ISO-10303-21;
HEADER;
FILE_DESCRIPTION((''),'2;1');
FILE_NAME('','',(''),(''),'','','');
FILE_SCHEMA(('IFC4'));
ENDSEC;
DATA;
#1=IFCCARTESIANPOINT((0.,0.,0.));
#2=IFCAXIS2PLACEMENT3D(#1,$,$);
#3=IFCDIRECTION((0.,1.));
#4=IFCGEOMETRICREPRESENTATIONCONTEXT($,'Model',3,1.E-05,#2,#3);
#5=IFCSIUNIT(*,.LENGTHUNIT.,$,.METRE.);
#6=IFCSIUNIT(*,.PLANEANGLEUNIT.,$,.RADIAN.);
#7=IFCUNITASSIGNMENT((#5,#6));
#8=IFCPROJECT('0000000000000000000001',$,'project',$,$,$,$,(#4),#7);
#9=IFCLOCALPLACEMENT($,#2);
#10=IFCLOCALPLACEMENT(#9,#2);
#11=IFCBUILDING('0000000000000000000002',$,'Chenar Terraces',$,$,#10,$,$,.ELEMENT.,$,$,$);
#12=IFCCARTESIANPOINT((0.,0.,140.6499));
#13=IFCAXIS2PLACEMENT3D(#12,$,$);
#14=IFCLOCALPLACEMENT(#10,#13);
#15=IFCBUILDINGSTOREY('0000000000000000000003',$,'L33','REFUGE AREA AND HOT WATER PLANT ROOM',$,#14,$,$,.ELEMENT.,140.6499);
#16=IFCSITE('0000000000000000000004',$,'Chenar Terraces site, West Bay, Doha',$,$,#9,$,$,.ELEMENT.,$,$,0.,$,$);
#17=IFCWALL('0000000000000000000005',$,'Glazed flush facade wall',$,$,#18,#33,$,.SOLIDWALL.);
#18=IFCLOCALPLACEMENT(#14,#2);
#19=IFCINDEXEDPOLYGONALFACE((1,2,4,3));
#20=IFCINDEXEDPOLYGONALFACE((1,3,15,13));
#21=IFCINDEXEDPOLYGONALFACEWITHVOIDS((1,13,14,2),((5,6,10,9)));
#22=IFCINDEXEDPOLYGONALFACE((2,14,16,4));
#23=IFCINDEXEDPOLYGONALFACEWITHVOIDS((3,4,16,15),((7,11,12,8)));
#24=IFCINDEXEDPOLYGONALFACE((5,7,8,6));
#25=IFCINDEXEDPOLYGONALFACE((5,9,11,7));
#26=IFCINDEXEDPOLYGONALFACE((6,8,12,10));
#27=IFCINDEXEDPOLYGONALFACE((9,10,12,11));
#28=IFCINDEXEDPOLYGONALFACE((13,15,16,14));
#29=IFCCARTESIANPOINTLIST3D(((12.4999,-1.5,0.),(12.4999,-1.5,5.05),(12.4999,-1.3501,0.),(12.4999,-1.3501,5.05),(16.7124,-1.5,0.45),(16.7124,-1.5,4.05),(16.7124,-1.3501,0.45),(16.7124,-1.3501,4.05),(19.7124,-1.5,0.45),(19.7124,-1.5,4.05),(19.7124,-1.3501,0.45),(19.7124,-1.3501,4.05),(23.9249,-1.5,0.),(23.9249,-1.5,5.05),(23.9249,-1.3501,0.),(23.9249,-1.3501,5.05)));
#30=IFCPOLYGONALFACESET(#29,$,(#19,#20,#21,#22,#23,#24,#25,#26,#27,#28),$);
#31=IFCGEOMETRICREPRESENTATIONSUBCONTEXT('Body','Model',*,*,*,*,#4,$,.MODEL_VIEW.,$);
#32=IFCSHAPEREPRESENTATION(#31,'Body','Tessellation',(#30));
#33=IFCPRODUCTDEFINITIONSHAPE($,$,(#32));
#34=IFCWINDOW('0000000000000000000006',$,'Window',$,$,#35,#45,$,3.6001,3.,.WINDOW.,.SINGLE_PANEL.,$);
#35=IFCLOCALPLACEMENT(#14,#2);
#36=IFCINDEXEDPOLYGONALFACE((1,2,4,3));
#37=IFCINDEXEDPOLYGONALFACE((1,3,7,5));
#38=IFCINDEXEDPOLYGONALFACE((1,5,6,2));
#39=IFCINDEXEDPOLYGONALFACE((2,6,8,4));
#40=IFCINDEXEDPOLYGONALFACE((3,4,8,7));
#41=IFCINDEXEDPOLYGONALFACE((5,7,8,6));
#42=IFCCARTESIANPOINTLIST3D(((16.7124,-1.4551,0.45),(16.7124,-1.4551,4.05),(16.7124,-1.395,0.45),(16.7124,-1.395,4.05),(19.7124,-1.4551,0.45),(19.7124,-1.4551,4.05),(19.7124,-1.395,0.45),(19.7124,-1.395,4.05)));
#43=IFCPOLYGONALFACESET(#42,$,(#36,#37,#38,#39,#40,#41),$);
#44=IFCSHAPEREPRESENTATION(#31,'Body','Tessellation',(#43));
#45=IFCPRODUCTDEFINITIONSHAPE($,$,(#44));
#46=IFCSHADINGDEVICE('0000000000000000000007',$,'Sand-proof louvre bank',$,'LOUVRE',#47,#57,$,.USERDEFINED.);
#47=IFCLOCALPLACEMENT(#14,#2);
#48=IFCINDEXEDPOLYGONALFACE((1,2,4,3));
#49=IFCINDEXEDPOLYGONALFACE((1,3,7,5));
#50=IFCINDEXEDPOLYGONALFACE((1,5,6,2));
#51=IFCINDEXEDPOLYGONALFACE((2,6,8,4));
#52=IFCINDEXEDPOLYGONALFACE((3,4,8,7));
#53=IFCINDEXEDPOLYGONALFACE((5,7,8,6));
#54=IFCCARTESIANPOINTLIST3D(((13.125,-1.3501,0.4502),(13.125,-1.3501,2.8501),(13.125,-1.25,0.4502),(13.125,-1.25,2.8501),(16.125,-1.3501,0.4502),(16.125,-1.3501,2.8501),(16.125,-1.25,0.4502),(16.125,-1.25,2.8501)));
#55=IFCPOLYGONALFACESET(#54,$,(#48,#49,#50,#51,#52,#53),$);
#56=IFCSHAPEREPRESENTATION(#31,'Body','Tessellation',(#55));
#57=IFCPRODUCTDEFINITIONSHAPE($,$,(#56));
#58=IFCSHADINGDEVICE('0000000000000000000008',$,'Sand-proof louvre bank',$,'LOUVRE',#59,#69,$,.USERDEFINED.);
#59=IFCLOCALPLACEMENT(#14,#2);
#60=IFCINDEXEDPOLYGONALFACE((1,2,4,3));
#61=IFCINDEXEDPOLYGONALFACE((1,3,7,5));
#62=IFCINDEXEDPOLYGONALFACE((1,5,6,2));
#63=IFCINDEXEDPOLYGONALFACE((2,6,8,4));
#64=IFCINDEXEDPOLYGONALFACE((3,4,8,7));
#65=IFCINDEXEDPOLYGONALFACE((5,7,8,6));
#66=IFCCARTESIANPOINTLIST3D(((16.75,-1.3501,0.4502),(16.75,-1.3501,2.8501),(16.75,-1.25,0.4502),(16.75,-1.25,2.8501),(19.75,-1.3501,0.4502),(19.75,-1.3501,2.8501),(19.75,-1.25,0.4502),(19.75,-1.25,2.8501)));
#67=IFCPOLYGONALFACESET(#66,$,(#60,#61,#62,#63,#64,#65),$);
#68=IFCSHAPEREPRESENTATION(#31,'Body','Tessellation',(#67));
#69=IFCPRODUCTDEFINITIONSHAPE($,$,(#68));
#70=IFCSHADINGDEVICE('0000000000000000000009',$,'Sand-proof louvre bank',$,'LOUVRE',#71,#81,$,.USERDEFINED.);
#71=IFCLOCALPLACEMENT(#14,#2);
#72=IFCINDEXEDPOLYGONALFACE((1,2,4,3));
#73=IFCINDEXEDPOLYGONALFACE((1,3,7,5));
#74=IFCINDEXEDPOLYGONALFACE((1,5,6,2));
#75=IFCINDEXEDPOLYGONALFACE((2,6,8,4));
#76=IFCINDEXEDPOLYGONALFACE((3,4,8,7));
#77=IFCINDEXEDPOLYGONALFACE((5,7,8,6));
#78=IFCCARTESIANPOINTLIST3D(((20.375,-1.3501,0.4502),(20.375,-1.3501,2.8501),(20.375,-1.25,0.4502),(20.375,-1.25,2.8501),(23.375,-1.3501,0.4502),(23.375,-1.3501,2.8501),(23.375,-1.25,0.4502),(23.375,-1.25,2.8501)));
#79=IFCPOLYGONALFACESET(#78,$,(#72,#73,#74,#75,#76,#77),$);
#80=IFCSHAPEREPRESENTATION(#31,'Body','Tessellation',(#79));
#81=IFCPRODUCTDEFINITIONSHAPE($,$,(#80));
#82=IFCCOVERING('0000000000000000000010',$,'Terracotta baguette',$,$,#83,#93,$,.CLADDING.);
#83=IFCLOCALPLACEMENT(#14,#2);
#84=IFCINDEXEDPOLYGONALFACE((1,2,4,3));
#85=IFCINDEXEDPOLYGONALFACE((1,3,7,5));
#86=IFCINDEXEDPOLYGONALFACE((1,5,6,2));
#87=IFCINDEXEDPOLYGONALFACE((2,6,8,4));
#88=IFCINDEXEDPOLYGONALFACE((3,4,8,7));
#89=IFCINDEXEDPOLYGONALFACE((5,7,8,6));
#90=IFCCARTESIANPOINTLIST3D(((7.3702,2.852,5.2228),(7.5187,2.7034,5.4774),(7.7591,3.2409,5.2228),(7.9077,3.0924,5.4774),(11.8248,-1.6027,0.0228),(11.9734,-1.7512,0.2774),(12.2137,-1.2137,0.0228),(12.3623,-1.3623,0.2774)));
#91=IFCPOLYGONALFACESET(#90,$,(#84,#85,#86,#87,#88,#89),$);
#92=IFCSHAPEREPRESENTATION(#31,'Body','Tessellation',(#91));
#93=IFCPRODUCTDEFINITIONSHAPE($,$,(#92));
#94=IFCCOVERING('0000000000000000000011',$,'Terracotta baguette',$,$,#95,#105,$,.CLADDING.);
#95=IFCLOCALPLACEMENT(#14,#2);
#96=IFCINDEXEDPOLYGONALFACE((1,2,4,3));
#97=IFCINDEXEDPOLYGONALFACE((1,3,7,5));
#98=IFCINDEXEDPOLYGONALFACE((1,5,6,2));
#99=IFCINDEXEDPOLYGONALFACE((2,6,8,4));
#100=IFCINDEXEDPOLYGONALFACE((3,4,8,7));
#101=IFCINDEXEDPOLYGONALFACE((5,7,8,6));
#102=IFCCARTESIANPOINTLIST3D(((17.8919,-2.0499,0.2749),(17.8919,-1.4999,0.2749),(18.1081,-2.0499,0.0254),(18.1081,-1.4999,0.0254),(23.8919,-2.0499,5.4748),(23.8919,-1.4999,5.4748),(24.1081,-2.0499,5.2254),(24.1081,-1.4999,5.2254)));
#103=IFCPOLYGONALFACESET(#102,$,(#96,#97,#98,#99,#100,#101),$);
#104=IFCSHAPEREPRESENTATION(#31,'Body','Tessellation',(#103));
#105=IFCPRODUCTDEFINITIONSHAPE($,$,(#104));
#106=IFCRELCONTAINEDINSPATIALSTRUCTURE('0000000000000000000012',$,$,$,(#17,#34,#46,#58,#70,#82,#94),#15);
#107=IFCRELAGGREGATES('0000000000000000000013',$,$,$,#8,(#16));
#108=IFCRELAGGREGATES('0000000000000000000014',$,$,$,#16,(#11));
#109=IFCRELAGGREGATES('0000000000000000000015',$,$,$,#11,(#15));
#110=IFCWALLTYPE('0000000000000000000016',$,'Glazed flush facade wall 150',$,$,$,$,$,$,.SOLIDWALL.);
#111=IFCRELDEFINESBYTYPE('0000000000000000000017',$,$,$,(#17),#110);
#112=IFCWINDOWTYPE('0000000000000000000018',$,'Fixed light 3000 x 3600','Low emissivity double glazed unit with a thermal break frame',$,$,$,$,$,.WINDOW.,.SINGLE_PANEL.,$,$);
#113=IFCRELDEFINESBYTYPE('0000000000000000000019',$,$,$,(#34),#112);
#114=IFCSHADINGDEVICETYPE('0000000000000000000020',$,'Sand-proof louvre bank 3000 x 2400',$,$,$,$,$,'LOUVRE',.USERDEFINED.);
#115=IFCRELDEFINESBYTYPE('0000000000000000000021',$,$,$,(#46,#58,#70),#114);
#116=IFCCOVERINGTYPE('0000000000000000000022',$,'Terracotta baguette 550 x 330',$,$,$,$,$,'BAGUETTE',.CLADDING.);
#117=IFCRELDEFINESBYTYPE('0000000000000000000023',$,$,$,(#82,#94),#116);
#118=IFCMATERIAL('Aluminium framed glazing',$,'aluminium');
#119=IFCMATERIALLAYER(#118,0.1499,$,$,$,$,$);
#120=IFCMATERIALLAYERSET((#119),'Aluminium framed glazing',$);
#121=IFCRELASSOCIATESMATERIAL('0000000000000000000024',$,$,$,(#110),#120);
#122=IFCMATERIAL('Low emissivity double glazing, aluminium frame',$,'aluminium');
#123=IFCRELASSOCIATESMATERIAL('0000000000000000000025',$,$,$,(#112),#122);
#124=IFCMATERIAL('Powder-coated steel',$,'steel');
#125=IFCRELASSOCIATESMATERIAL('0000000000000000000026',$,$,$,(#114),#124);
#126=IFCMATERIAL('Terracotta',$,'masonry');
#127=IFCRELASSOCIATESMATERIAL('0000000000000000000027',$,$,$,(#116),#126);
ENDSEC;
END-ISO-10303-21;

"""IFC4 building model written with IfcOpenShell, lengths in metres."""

from ifc_helpers import new_model, si_unit, direction, frame, frame_2d, origin, origin_2d, place, context, subcontext, project, spatial, rectangle, extrude, material, layer, layer_set, material_profile, profile_set, type_object, element, fill, save


model = new_model("IFC4")

# Units and contexts
model_context = context("Model", 3, precision=1e-05, world=origin(), true_north=direction((0.0, 1.0)))
body_context = subcontext(model_context, "Body", "Model", "MODEL_VIEW")
ifc_project = project(units=[si_unit("LENGTHUNIT", "METRE"), si_unit("PLANEANGLEUNIT", "RADIAN")], contexts=[model_context])

# Site, building, storey
site_placement = place(None, origin())
site = spatial("IfcSite", under=ifc_project, at=site_placement, Name="Chenar Terraces site, West Bay, Doha", CompositionType="ELEMENT", RefElevation=0.0)
building_placement = place(site_placement, origin())
building = spatial("IfcBuilding", under=site, at=building_placement, Name="Chenar Terraces", CompositionType="ELEMENT")
storey_placement = place(building_placement, frame((0.0, 0.0, 140.6499)))
storey = spatial("IfcBuildingStorey", under=building, at=storey_placement, Name="L33", Description="REFUGE AREA AND HOT WATER PLANT ROOM", CompositionType="ELEMENT", Elevation=140.6499)

# Wall, opening, window
ifc_material_1 = material(Name="Aluminium framed glazing", Category="aluminium")
ifc_layer_1 = layer(ifc_material_1, 0.1499)
ifc_layer_set_1 = layer_set([ifc_layer_1], Name="Aluminium framed glazing")
wall_type_1 = type_object("IfcWallType", Name="Glazed flush facade wall 150", PredefinedType="SOLIDWALL", material=ifc_layer_set_1)
wall_1_placement = place(storey_placement, frame((12.5, -1.425, 0.0), z_axis=(0.0, 0.0, 1.0), x_axis=(1.0, 0.0, 0.0)))
wall_1 = element("IfcWall", 1, at=wall_1_placement, inside=storey, type_object=wall_type_1, Name="Glazed flush facade wall", PredefinedType="SOLIDWALL", context=body_context, shape_type="SweptSolid", body=[
    extrude(rectangle(XDim=11.425, YDim=0.1499, at=frame_2d((5.7124, 0.0))), origin(), (0.0, 0.0, 1.0), 5.05),
])
opening_1_placement = place(wall_1_placement, frame((4.2124, 0.0, 0.45)))
opening_1 = element("IfcOpeningElement", 2, at=opening_1_placement, cuts=wall_1, PredefinedType="OPENING", context=body_context, shape_type="SweptSolid", body=[
    extrude(rectangle(XDim=3.0, YDim=3.6001, at=frame_2d((1.5, 1.8))), frame((0.0, 0.085, 0.0), z_axis=(0.0, -1.0, 0.0), x_axis=(1.0, 0.0, 0.0)), (0.0, 0.0, 1.0), 0.1699),
])
ifc_material_2 = material(Name="Low emissivity double glazing, aluminium frame", Category="aluminium")
window_type = type_object("IfcWindowType", Name="Fixed light 3000 x 3600", Description="Low emissivity double glazed unit with a thermal break frame", PartitioningType="SINGLE_PANEL", PredefinedType="WINDOW", material=ifc_material_2)
window_placement = place(opening_1_placement, origin())
window = element("IfcWindow", 3, at=window_placement, inside=storey, type_object=window_type, Name="Window", OverallHeight=3.6001, OverallWidth=3.0, PartitioningType="SINGLE_PANEL", PredefinedType="WINDOW", context=body_context, shape_type="SweptSolid", body=[
    extrude(rectangle(XDim=3.0, YDim=3.6001, at=frame_2d((1.5, 1.8))), frame((0.0, 0.03, 0.0), z_axis=(0.0, -1.0, 0.0), x_axis=(1.0, 0.0, 0.0)), (0.0, 0.0, 1.0), 0.0601),
])
fill(opening_1, window)

# Shading devices
ifc_material_3 = material(Name="Powder-coated steel", Category="steel")
shading_device_type = type_object("IfcShadingDeviceType", Name="Sand-proof louvre bank 3000 x 2400", ElementType="LOUVRE", PredefinedType="USERDEFINED", material=ifc_material_3)
for number, where, z_axis, x_axis, name in (
    (4, (14.625, -1.3, 0.4502), (0.0, 0.0, 1.0), (1.0, 0.0, 0.0), "Sand-proof louvre bank"),
    (5, (18.25, -1.3, 0.4502), (0.0, 0.0, 1.0), (1.0, 0.0, 0.0), "Sand-proof louvre bank"),
    (6, (21.875, -1.3, 0.4502), (0.0, 0.0, 1.0), (1.0, 0.0, 0.0), "Sand-proof louvre bank"),
):
    element("IfcShadingDevice", number, at=place(storey_placement, frame(where, z_axis=z_axis, x_axis=x_axis)), inside=storey, type_object=shading_device_type, Name=name, ObjectType="LOUVRE", PredefinedType="USERDEFINED", context=body_context, shape_type="SweptSolid", body=[
        extrude(rectangle(XDim=3.0, YDim=0.1001, at=origin_2d()), origin(), (0.0, 0.0, 1.0), 2.3999),
    ])

# Coverings
ifc_material_4 = material(Name="Terracotta", Category="masonry")
ifc_material_profile_1 = material_profile(ifc_material_4, rectangle(XDim=0.55, YDim=0.3301, at=origin_2d()), Name="Terracotta baguette 550 x 330")
ifc_profile_set_1 = profile_set([ifc_material_profile_1], Name="Terracotta")
covering_type = type_object("IfcCoveringType", Name="Terracotta baguette 550 x 330", ElementType="BAGUETTE", PredefinedType="CLADDING", material=ifc_profile_set_1)
covering_1_placement = place(storey_placement, frame((7.6389, 2.9722, 5.3501), z_axis=(0.54533, -0.54533, -0.636577), x_axis=(0.707107, 0.707107, 0.0)))
element("IfcCovering", 7, at=covering_1_placement, inside=storey, type_object=covering_type, Name="Terracotta baguette", PredefinedType="CLADDING", context=body_context, shape_type="SweptSolid", body=[
    extrude(rectangle(XDim=0.55, YDim=0.3301, at=origin_2d()), origin(), (0.0, 0.0, 1.0), 8.1687),
])
covering_2_placement = place(storey_placement, frame((18.0, -1.7749, 0.1501), z_axis=(0.755692, 0.0, 0.654927), x_axis=(0.0, 1.0, 0.0)))
element("IfcCovering", 8, at=covering_2_placement, inside=storey, type_object=covering_type, Name="Terracotta baguette", PredefinedType="CLADDING", context=body_context, shape_type="SweptSolid", body=[
    extrude(rectangle(XDim=0.55, YDim=0.3301, at=origin_2d()), origin(), (0.0, 0.0, 1.0), 7.9397),
])

save(model, "model.ifc")
